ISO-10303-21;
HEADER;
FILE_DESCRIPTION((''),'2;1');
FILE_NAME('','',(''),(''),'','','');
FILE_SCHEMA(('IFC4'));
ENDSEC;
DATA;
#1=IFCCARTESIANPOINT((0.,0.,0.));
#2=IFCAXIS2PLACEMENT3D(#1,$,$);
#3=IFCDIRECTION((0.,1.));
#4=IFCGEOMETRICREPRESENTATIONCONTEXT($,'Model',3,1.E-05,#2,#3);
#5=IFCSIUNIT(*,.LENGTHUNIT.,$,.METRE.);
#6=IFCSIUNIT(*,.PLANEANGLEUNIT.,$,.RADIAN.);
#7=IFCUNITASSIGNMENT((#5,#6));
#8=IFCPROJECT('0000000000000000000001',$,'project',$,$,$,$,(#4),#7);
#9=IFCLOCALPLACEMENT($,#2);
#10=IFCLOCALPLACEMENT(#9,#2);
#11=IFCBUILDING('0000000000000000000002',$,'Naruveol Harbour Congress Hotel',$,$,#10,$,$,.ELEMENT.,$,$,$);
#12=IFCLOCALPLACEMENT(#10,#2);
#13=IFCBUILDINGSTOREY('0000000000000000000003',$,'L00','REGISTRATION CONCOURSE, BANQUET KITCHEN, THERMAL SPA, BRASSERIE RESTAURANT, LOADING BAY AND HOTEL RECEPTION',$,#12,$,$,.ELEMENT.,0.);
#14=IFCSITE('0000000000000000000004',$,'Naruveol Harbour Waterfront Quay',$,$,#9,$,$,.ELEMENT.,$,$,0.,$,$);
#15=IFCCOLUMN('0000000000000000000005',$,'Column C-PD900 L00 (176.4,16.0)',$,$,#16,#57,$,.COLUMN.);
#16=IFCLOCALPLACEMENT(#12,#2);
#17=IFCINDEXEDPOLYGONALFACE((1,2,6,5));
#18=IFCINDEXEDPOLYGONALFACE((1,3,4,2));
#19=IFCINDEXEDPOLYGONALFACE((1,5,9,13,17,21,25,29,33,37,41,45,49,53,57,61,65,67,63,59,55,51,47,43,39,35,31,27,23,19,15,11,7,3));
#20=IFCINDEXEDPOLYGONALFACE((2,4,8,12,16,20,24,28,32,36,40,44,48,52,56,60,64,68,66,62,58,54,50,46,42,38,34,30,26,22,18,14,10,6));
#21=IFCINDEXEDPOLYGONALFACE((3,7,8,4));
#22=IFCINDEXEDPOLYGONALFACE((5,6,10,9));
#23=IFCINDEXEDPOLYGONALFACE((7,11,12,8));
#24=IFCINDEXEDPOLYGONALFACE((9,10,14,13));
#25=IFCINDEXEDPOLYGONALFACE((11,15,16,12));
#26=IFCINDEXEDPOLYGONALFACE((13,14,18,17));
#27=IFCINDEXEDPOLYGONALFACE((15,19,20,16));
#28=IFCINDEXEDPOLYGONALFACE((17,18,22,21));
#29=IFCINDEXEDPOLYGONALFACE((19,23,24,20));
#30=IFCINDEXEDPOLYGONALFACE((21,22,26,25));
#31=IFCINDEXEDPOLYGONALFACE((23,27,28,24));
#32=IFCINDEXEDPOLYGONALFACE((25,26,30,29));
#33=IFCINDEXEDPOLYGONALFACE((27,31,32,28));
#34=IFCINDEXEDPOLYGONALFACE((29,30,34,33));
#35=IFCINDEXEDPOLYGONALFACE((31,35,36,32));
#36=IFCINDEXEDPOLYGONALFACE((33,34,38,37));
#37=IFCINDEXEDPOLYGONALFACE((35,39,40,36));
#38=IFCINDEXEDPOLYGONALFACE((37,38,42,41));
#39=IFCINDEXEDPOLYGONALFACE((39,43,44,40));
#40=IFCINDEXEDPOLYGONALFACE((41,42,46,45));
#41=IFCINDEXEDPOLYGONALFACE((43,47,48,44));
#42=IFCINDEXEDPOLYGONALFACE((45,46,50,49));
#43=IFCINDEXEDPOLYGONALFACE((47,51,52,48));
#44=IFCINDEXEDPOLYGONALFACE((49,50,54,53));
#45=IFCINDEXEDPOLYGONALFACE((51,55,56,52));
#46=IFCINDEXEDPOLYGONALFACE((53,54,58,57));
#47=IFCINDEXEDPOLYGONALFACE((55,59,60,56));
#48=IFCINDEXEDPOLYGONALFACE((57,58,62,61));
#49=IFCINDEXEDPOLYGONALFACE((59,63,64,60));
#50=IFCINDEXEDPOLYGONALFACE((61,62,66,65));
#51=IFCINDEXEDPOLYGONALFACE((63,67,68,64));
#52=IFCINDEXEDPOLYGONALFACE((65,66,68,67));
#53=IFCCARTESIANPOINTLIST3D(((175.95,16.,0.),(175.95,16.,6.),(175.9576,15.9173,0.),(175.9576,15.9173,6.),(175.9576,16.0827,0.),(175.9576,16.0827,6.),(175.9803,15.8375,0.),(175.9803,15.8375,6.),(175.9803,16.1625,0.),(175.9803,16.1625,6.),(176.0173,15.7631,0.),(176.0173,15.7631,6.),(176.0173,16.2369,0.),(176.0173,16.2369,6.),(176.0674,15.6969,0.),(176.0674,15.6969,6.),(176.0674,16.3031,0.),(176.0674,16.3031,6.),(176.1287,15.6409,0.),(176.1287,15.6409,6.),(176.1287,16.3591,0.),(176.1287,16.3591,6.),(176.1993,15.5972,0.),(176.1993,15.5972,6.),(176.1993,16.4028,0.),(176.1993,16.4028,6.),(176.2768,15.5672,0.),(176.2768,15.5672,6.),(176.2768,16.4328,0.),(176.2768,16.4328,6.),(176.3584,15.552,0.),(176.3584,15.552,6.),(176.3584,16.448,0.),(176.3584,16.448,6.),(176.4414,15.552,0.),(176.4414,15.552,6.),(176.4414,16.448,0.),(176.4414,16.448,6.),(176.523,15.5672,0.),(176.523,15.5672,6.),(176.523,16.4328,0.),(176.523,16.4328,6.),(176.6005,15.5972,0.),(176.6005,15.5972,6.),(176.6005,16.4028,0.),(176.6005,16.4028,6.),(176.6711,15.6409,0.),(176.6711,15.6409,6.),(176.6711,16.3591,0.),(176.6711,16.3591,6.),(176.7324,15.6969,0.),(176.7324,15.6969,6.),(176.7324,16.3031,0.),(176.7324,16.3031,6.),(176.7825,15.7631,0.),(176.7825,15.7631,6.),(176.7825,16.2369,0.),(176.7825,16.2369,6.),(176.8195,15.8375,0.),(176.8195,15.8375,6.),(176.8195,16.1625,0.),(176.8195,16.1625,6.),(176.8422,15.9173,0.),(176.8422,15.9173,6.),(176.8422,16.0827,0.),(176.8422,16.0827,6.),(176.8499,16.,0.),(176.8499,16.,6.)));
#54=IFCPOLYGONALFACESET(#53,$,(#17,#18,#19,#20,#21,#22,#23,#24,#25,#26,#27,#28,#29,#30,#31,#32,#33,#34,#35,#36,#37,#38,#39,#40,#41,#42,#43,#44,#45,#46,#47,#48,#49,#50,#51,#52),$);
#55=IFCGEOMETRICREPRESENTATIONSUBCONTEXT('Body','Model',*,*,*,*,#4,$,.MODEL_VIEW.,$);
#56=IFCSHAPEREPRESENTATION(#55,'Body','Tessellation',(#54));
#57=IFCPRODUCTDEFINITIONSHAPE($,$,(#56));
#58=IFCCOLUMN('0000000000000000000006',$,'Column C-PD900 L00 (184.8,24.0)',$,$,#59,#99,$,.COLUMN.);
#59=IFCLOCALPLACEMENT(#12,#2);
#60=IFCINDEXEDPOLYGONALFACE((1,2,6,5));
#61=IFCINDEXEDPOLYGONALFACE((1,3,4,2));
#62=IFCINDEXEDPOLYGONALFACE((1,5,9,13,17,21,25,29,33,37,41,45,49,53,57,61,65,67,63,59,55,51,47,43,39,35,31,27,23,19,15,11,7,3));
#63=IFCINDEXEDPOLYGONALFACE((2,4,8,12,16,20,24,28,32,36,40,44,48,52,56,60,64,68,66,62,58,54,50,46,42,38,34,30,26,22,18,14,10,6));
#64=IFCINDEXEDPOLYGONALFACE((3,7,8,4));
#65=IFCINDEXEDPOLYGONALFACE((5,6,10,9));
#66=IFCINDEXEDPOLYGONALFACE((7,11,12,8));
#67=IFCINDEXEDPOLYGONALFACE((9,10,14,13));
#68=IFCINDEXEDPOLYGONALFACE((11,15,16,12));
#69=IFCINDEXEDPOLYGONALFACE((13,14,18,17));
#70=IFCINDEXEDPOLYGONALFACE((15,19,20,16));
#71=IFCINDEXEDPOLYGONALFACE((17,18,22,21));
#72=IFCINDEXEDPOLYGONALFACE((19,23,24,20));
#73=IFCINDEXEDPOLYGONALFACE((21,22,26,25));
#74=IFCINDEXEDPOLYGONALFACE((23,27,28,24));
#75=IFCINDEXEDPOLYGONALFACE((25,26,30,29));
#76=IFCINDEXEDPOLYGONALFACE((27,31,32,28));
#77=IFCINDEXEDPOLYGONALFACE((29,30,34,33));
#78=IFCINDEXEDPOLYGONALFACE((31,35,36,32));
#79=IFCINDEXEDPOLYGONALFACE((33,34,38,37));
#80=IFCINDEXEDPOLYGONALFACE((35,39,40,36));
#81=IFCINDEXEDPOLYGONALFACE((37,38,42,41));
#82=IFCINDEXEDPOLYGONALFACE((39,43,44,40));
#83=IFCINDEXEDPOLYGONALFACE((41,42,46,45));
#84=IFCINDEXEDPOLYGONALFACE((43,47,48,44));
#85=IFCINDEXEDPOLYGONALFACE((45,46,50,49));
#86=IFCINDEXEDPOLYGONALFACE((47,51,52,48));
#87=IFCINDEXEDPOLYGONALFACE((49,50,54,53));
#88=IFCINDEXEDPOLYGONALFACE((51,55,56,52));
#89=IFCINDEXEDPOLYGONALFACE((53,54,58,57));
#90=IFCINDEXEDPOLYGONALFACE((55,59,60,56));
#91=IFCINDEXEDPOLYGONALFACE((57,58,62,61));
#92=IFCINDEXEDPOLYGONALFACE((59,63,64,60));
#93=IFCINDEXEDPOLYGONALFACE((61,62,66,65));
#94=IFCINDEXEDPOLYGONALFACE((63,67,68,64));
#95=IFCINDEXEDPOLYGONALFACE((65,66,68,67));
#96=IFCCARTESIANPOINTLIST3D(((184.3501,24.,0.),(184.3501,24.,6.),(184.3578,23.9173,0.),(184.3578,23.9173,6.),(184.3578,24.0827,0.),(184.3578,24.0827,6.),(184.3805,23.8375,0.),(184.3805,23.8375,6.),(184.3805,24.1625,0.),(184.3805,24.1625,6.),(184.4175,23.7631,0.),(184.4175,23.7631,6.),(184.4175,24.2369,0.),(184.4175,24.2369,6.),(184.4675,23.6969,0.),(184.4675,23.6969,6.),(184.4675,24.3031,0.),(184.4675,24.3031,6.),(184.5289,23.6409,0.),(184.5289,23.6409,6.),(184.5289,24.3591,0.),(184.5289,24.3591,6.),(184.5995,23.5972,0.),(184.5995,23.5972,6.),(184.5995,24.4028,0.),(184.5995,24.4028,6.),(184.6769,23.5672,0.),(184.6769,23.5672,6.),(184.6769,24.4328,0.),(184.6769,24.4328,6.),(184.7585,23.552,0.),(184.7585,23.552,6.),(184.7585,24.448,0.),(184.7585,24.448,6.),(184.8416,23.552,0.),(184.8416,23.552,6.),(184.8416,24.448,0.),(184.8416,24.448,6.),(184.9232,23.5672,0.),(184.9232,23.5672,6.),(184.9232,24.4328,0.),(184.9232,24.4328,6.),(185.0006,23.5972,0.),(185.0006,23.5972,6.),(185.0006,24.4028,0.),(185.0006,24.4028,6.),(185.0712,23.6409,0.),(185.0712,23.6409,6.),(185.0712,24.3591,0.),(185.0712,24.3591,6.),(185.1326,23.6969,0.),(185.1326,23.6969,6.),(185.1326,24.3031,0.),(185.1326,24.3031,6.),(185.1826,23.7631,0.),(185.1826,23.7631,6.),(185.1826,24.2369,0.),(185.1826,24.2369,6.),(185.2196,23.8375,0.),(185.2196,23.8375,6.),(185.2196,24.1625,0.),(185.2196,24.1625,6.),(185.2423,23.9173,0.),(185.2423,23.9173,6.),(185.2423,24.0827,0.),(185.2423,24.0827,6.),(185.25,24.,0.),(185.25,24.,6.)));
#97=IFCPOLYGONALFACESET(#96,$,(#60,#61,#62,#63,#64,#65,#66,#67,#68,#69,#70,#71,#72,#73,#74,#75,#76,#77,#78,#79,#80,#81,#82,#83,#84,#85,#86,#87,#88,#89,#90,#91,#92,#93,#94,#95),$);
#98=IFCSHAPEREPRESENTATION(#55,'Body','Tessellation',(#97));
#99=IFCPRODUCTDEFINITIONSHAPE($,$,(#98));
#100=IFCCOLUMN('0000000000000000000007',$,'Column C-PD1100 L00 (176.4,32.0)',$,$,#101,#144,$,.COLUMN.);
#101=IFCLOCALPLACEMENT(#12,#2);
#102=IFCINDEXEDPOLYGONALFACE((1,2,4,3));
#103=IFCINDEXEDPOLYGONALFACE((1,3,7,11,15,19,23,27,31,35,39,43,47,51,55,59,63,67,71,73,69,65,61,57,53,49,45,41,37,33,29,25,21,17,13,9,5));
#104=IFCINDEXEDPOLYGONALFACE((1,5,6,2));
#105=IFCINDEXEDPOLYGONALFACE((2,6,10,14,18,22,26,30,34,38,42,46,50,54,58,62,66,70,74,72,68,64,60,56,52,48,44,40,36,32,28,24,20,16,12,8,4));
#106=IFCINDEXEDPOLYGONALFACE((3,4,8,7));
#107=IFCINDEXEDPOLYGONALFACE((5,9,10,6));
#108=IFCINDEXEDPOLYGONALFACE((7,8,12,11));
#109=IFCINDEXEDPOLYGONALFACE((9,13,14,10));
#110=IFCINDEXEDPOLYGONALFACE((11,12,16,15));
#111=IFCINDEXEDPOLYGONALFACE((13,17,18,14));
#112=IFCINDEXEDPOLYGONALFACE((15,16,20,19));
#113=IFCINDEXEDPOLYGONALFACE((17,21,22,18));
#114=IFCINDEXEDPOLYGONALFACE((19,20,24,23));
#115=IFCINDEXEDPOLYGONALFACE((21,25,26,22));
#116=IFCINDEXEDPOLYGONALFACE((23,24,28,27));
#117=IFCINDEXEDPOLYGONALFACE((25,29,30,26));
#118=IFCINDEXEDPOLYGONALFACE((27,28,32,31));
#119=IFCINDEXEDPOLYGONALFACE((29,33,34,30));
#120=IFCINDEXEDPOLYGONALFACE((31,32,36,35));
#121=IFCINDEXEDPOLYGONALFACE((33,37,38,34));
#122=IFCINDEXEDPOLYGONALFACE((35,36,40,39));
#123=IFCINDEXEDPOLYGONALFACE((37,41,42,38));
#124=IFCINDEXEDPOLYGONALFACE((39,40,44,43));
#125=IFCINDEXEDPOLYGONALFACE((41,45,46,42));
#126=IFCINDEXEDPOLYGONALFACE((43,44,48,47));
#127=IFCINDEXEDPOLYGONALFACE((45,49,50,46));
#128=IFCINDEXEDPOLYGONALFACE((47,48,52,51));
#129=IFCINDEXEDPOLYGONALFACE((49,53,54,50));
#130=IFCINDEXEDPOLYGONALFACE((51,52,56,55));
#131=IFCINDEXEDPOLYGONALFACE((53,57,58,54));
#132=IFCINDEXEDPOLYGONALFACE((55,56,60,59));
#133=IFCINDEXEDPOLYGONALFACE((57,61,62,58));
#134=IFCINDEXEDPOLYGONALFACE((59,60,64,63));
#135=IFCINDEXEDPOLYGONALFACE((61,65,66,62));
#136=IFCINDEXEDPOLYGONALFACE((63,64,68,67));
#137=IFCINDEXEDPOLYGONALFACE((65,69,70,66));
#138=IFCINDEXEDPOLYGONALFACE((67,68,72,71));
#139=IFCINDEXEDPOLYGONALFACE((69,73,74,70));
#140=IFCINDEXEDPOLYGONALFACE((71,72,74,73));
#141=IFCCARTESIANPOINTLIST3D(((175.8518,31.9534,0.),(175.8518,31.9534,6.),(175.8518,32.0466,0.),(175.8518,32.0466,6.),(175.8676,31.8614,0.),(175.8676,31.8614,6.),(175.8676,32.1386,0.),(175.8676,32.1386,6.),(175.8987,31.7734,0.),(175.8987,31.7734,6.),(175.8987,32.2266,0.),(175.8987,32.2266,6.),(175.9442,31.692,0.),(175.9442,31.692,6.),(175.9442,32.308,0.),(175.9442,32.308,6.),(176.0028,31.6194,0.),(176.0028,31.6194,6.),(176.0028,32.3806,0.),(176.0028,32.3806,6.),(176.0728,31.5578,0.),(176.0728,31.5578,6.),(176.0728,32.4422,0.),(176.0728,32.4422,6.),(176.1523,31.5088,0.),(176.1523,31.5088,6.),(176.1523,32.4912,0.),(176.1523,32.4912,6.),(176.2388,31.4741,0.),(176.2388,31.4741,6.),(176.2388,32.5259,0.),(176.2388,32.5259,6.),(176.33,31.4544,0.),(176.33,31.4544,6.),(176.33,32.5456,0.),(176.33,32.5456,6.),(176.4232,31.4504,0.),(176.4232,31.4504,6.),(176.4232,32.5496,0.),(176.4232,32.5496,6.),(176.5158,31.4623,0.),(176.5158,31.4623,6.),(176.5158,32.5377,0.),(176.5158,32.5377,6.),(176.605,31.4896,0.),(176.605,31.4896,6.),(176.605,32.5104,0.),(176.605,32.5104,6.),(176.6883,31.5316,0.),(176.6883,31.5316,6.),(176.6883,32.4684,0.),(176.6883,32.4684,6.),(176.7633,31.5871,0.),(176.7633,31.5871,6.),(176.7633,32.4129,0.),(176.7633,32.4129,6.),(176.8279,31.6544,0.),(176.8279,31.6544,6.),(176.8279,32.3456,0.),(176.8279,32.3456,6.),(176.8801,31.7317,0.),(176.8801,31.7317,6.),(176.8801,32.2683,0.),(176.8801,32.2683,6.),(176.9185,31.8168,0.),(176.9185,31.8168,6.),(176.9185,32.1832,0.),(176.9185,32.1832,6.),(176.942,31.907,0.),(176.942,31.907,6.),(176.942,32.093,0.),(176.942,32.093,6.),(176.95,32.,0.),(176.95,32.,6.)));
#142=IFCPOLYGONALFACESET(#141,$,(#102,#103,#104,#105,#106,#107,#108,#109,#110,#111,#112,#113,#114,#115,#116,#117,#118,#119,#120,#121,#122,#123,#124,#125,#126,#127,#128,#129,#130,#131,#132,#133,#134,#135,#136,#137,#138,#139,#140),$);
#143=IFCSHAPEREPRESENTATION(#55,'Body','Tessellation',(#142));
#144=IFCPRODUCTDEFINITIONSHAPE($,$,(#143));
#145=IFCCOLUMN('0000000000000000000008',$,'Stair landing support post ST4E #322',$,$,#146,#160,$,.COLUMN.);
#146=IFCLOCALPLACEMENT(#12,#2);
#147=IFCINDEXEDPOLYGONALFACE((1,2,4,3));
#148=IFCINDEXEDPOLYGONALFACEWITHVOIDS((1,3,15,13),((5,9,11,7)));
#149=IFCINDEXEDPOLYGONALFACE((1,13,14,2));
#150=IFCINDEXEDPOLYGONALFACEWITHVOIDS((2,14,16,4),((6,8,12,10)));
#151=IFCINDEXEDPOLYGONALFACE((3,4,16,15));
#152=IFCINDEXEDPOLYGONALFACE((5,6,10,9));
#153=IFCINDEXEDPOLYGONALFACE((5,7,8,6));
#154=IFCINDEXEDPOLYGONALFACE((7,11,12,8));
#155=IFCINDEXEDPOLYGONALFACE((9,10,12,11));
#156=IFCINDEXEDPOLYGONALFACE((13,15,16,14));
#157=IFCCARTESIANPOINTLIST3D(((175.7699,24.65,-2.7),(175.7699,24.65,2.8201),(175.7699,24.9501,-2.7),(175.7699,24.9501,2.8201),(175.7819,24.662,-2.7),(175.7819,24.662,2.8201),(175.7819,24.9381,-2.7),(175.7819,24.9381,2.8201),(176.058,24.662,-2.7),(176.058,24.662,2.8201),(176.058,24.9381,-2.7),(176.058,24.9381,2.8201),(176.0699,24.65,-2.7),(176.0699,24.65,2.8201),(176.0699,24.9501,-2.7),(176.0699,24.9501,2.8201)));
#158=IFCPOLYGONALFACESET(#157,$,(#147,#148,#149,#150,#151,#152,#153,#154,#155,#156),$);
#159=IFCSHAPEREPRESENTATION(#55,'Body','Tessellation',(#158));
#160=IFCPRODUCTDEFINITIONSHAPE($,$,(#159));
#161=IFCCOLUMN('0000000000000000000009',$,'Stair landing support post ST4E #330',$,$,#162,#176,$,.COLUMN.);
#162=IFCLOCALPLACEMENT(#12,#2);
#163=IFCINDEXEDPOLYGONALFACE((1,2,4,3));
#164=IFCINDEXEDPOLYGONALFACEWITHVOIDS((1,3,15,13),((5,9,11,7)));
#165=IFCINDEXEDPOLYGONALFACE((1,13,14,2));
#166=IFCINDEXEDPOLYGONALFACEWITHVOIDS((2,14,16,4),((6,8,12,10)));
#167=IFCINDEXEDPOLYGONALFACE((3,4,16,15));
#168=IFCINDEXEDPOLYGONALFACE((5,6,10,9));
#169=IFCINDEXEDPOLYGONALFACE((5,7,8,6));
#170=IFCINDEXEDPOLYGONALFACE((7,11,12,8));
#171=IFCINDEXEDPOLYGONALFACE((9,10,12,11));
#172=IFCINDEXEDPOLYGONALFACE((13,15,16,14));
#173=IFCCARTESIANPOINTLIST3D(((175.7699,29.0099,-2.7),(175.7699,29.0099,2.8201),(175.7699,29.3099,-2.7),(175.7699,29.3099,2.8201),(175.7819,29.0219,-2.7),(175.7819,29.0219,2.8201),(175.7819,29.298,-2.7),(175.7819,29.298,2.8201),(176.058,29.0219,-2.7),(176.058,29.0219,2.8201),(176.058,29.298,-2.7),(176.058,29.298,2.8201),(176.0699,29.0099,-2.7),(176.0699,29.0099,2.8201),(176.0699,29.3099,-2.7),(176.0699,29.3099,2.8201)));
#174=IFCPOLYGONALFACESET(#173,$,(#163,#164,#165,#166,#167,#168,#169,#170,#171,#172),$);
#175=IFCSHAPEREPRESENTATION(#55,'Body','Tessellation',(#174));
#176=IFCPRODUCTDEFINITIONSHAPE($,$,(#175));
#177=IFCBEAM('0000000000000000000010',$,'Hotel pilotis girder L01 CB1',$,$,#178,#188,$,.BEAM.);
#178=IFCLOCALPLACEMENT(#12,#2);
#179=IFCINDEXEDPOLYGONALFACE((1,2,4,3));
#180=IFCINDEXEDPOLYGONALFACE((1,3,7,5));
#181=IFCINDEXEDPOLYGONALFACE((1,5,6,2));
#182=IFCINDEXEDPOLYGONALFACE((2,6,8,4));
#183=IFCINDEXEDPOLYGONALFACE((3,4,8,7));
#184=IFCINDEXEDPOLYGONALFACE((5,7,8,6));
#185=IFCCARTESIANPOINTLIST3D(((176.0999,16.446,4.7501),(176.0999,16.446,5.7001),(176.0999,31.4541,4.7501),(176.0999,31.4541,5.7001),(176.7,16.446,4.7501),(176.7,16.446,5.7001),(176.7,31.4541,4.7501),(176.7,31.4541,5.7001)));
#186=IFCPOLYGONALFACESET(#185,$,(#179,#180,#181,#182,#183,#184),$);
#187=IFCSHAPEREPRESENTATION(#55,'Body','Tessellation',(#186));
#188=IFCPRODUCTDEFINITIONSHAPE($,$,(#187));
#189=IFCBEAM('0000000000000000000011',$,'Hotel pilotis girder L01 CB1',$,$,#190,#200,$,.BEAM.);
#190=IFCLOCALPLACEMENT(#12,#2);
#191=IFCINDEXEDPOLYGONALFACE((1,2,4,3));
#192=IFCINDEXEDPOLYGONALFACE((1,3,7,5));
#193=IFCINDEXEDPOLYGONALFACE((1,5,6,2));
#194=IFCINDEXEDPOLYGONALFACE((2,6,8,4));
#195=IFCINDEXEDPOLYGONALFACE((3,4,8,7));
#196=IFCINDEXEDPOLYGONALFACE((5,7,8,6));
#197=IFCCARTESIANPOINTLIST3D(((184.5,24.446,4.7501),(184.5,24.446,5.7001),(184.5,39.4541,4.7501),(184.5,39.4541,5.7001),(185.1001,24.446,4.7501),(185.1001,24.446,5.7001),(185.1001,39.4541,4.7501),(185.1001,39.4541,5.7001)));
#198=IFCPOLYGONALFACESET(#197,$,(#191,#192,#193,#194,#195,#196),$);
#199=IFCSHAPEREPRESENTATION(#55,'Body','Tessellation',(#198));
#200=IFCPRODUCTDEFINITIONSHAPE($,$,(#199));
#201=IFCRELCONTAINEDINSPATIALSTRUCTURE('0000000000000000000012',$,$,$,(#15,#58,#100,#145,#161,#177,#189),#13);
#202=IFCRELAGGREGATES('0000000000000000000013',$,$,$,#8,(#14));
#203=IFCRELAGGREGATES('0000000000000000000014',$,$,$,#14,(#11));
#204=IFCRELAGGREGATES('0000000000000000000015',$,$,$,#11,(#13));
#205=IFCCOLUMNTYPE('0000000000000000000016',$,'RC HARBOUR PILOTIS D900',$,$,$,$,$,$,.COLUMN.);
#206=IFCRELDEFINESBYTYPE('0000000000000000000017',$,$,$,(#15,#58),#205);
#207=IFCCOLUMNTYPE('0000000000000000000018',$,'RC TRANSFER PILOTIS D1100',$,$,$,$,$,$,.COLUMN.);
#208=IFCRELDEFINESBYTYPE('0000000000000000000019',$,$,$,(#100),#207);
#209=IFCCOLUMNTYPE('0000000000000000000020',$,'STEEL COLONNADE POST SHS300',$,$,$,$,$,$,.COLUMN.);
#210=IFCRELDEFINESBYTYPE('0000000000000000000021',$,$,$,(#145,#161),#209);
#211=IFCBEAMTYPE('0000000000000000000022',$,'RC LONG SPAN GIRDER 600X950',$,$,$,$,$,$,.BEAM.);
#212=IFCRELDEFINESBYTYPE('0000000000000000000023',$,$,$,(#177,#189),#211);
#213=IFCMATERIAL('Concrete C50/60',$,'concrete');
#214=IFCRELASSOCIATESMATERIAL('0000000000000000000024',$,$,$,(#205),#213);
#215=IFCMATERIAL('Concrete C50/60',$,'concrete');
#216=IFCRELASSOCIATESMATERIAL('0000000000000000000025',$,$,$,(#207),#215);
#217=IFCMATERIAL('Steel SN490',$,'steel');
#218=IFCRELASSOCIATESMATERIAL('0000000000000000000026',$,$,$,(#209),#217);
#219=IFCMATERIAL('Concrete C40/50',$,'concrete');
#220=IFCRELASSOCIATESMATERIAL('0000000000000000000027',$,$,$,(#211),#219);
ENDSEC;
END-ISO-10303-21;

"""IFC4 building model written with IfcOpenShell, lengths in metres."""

from ifc_helpers import new_model, si_unit, direction, frame, origin, origin_2d, place, context, subcontext, project, spatial, rectangle, hollow_rectangle, circle, extrude, material, material_profile, profile_set, type_object, element, save


model = new_model("IFC4")

# Units and contexts
model_context = context("Model", 3, precision=1e-05, world=origin(), true_north=direction((0.0, 1.0)))
body_context = subcontext(model_context, "Body", "Model", "MODEL_VIEW")
ifc_project = project(units=[si_unit("LENGTHUNIT", "METRE"), si_unit("PLANEANGLEUNIT", "RADIAN")], contexts=[model_context])

# Site, building, storey
site_placement = place(None, origin())
site = spatial("IfcSite", under=ifc_project, at=site_placement, Name="Naruveol Harbour Waterfront Quay", CompositionType="ELEMENT", RefElevation=0.0)
building_placement = place(site_placement, origin())
building = spatial("IfcBuilding", under=site, at=building_placement, Name="Naruveol Harbour Congress Hotel", CompositionType="ELEMENT")
storey_placement = place(building_placement, origin())
storey = spatial("IfcBuildingStorey", under=building, at=storey_placement, Name="L00", Description="REGISTRATION CONCOURSE, BANQUET KITCHEN, THERMAL SPA, BRASSERIE RESTAURANT, LOADING BAY AND HOTEL RECEPTION", CompositionType="ELEMENT", Elevation=0.0)

# Columns
ifc_material_1 = material(Name="Concrete C50/60", Category="concrete")
ifc_material_profile_1 = material_profile(ifc_material_1, circle(Radius=0.45, at=origin_2d()), Name="RC-D900")
ifc_profile_set_1 = profile_set([ifc_material_profile_1], Name="Concrete C50/60")
column_type_1 = type_object("IfcColumnType", Name="RC HARBOUR PILOTIS D900", PredefinedType="COLUMN", material=ifc_profile_set_1)
for number, where, z_axis, x_axis, name in (
    (1, (176.3999, 16.0, 0.0), (0.0, 0.0, 1.0), (1.0, 0.0, 0.0), "Column C-PD900 L00 (176.4,16.0)"),
    (2, (184.8, 24.0, 0.0), (0.0, 0.0, 1.0), (1.0, 0.0, 0.0), "Column C-PD900 L00 (184.8,24.0)"),
):
    element("IfcColumn", number, at=place(storey_placement, frame(where, z_axis=z_axis, x_axis=x_axis)), inside=storey, type_object=column_type_1, Name=name, PredefinedType="COLUMN", context=body_context, shape_type="SweptSolid", body=[
        extrude(circle(Radius=0.45, at=origin_2d()), origin(), (0.0, 0.0, 1.0), 6.0),
    ])
ifc_material_2 = material(Name="Concrete C50/60", Category="concrete")
ifc_material_profile_2 = material_profile(ifc_material_2, circle(Radius=0.55, at=origin_2d()), Name="RC-D1100")
ifc_profile_set_2 = profile_set([ifc_material_profile_2], Name="Concrete C50/60")
column_type_2 = type_object("IfcColumnType", Name="RC TRANSFER PILOTIS D1100", PredefinedType="COLUMN", material=ifc_profile_set_2)
column_placement = place(storey_placement, frame((176.3999, 32.0, 0.0), z_axis=(0.0, 0.0, 1.0), x_axis=(1.0, 0.0, 0.0)))
element("IfcColumn", 3, at=column_placement, inside=storey, type_object=column_type_2, Name="Column C-PD1100 L00 (176.4,32.0)", PredefinedType="COLUMN", context=body_context, shape_type="SweptSolid", body=[
    extrude(circle(Radius=0.55, at=origin_2d()), origin(), (0.0, 0.0, 1.0), 6.0),
])
ifc_material_3 = material(Name="Steel SN490", Category="steel")
ifc_material_profile_3 = material_profile(ifc_material_3, hollow_rectangle(XDim=0.3, YDim=0.3, WallThickness=0.012, at=origin_2d()), Name="SHS-300x300x12")
ifc_profile_set_3 = profile_set([ifc_material_profile_3], Name="Steel SN490")
column_type_3 = type_object("IfcColumnType", Name="STEEL COLONNADE POST SHS300", PredefinedType="COLUMN", material=ifc_profile_set_3)
for number, where, z_axis, x_axis, name in (
    (4, (175.9199, 24.8, -2.7), (0.0, 0.0, 1.0), (1.0, 0.0, 0.0), "Stair landing support post ST4E #322"),
    (5, (175.9199, 29.1599, -2.7), (0.0, 0.0, 1.0), (1.0, 0.0, 0.0), "Stair landing support post ST4E #330"),
):
    element("IfcColumn", number, at=place(storey_placement, frame(where, z_axis=z_axis, x_axis=x_axis)), inside=storey, type_object=column_type_3, Name=name, PredefinedType="COLUMN", context=body_context, shape_type="SweptSolid", body=[
        extrude(hollow_rectangle(XDim=0.3, YDim=0.3, WallThickness=0.012, at=origin_2d()), origin(), (0.0, 0.0, 1.0), 5.52),
    ])

# Beams
ifc_material_4 = material(Name="Concrete C40/50", Category="concrete")
ifc_material_profile_4 = material_profile(ifc_material_4, rectangle(XDim=0.6001, YDim=0.95, at=origin_2d()), Name="RCB-600x950")
ifc_profile_set_4 = profile_set([ifc_material_profile_4], Name="Concrete C40/50")
beam_type_1 = type_object("IfcBeamType", Name="RC LONG SPAN GIRDER 600X950", PredefinedType="BEAM", material=ifc_profile_set_4)
for number, where, z_axis, x_axis, name in (
    (6, (176.3999, 16.446, 5.2251), (0.0, 1.0, 0.0), (-1.0, 0.0, 0.0), "Hotel pilotis girder L01 CB1"),
    (7, (184.8, 24.446, 5.2251), (0.0, 1.0, 0.0), (-1.0, 0.0, 0.0), "Hotel pilotis girder L01 CB1"),
):
    element("IfcBeam", number, at=place(storey_placement, frame(where, z_axis=z_axis, x_axis=x_axis)), inside=storey, type_object=beam_type_1, Name=name, PredefinedType="BEAM", context=body_context, shape_type="SweptSolid", body=[
        extrude(rectangle(XDim=0.6001, YDim=0.95, at=origin_2d()), origin(), (0.0, 0.0, 1.0), 15.0081),
    ])

save(model, "model.ifc")
